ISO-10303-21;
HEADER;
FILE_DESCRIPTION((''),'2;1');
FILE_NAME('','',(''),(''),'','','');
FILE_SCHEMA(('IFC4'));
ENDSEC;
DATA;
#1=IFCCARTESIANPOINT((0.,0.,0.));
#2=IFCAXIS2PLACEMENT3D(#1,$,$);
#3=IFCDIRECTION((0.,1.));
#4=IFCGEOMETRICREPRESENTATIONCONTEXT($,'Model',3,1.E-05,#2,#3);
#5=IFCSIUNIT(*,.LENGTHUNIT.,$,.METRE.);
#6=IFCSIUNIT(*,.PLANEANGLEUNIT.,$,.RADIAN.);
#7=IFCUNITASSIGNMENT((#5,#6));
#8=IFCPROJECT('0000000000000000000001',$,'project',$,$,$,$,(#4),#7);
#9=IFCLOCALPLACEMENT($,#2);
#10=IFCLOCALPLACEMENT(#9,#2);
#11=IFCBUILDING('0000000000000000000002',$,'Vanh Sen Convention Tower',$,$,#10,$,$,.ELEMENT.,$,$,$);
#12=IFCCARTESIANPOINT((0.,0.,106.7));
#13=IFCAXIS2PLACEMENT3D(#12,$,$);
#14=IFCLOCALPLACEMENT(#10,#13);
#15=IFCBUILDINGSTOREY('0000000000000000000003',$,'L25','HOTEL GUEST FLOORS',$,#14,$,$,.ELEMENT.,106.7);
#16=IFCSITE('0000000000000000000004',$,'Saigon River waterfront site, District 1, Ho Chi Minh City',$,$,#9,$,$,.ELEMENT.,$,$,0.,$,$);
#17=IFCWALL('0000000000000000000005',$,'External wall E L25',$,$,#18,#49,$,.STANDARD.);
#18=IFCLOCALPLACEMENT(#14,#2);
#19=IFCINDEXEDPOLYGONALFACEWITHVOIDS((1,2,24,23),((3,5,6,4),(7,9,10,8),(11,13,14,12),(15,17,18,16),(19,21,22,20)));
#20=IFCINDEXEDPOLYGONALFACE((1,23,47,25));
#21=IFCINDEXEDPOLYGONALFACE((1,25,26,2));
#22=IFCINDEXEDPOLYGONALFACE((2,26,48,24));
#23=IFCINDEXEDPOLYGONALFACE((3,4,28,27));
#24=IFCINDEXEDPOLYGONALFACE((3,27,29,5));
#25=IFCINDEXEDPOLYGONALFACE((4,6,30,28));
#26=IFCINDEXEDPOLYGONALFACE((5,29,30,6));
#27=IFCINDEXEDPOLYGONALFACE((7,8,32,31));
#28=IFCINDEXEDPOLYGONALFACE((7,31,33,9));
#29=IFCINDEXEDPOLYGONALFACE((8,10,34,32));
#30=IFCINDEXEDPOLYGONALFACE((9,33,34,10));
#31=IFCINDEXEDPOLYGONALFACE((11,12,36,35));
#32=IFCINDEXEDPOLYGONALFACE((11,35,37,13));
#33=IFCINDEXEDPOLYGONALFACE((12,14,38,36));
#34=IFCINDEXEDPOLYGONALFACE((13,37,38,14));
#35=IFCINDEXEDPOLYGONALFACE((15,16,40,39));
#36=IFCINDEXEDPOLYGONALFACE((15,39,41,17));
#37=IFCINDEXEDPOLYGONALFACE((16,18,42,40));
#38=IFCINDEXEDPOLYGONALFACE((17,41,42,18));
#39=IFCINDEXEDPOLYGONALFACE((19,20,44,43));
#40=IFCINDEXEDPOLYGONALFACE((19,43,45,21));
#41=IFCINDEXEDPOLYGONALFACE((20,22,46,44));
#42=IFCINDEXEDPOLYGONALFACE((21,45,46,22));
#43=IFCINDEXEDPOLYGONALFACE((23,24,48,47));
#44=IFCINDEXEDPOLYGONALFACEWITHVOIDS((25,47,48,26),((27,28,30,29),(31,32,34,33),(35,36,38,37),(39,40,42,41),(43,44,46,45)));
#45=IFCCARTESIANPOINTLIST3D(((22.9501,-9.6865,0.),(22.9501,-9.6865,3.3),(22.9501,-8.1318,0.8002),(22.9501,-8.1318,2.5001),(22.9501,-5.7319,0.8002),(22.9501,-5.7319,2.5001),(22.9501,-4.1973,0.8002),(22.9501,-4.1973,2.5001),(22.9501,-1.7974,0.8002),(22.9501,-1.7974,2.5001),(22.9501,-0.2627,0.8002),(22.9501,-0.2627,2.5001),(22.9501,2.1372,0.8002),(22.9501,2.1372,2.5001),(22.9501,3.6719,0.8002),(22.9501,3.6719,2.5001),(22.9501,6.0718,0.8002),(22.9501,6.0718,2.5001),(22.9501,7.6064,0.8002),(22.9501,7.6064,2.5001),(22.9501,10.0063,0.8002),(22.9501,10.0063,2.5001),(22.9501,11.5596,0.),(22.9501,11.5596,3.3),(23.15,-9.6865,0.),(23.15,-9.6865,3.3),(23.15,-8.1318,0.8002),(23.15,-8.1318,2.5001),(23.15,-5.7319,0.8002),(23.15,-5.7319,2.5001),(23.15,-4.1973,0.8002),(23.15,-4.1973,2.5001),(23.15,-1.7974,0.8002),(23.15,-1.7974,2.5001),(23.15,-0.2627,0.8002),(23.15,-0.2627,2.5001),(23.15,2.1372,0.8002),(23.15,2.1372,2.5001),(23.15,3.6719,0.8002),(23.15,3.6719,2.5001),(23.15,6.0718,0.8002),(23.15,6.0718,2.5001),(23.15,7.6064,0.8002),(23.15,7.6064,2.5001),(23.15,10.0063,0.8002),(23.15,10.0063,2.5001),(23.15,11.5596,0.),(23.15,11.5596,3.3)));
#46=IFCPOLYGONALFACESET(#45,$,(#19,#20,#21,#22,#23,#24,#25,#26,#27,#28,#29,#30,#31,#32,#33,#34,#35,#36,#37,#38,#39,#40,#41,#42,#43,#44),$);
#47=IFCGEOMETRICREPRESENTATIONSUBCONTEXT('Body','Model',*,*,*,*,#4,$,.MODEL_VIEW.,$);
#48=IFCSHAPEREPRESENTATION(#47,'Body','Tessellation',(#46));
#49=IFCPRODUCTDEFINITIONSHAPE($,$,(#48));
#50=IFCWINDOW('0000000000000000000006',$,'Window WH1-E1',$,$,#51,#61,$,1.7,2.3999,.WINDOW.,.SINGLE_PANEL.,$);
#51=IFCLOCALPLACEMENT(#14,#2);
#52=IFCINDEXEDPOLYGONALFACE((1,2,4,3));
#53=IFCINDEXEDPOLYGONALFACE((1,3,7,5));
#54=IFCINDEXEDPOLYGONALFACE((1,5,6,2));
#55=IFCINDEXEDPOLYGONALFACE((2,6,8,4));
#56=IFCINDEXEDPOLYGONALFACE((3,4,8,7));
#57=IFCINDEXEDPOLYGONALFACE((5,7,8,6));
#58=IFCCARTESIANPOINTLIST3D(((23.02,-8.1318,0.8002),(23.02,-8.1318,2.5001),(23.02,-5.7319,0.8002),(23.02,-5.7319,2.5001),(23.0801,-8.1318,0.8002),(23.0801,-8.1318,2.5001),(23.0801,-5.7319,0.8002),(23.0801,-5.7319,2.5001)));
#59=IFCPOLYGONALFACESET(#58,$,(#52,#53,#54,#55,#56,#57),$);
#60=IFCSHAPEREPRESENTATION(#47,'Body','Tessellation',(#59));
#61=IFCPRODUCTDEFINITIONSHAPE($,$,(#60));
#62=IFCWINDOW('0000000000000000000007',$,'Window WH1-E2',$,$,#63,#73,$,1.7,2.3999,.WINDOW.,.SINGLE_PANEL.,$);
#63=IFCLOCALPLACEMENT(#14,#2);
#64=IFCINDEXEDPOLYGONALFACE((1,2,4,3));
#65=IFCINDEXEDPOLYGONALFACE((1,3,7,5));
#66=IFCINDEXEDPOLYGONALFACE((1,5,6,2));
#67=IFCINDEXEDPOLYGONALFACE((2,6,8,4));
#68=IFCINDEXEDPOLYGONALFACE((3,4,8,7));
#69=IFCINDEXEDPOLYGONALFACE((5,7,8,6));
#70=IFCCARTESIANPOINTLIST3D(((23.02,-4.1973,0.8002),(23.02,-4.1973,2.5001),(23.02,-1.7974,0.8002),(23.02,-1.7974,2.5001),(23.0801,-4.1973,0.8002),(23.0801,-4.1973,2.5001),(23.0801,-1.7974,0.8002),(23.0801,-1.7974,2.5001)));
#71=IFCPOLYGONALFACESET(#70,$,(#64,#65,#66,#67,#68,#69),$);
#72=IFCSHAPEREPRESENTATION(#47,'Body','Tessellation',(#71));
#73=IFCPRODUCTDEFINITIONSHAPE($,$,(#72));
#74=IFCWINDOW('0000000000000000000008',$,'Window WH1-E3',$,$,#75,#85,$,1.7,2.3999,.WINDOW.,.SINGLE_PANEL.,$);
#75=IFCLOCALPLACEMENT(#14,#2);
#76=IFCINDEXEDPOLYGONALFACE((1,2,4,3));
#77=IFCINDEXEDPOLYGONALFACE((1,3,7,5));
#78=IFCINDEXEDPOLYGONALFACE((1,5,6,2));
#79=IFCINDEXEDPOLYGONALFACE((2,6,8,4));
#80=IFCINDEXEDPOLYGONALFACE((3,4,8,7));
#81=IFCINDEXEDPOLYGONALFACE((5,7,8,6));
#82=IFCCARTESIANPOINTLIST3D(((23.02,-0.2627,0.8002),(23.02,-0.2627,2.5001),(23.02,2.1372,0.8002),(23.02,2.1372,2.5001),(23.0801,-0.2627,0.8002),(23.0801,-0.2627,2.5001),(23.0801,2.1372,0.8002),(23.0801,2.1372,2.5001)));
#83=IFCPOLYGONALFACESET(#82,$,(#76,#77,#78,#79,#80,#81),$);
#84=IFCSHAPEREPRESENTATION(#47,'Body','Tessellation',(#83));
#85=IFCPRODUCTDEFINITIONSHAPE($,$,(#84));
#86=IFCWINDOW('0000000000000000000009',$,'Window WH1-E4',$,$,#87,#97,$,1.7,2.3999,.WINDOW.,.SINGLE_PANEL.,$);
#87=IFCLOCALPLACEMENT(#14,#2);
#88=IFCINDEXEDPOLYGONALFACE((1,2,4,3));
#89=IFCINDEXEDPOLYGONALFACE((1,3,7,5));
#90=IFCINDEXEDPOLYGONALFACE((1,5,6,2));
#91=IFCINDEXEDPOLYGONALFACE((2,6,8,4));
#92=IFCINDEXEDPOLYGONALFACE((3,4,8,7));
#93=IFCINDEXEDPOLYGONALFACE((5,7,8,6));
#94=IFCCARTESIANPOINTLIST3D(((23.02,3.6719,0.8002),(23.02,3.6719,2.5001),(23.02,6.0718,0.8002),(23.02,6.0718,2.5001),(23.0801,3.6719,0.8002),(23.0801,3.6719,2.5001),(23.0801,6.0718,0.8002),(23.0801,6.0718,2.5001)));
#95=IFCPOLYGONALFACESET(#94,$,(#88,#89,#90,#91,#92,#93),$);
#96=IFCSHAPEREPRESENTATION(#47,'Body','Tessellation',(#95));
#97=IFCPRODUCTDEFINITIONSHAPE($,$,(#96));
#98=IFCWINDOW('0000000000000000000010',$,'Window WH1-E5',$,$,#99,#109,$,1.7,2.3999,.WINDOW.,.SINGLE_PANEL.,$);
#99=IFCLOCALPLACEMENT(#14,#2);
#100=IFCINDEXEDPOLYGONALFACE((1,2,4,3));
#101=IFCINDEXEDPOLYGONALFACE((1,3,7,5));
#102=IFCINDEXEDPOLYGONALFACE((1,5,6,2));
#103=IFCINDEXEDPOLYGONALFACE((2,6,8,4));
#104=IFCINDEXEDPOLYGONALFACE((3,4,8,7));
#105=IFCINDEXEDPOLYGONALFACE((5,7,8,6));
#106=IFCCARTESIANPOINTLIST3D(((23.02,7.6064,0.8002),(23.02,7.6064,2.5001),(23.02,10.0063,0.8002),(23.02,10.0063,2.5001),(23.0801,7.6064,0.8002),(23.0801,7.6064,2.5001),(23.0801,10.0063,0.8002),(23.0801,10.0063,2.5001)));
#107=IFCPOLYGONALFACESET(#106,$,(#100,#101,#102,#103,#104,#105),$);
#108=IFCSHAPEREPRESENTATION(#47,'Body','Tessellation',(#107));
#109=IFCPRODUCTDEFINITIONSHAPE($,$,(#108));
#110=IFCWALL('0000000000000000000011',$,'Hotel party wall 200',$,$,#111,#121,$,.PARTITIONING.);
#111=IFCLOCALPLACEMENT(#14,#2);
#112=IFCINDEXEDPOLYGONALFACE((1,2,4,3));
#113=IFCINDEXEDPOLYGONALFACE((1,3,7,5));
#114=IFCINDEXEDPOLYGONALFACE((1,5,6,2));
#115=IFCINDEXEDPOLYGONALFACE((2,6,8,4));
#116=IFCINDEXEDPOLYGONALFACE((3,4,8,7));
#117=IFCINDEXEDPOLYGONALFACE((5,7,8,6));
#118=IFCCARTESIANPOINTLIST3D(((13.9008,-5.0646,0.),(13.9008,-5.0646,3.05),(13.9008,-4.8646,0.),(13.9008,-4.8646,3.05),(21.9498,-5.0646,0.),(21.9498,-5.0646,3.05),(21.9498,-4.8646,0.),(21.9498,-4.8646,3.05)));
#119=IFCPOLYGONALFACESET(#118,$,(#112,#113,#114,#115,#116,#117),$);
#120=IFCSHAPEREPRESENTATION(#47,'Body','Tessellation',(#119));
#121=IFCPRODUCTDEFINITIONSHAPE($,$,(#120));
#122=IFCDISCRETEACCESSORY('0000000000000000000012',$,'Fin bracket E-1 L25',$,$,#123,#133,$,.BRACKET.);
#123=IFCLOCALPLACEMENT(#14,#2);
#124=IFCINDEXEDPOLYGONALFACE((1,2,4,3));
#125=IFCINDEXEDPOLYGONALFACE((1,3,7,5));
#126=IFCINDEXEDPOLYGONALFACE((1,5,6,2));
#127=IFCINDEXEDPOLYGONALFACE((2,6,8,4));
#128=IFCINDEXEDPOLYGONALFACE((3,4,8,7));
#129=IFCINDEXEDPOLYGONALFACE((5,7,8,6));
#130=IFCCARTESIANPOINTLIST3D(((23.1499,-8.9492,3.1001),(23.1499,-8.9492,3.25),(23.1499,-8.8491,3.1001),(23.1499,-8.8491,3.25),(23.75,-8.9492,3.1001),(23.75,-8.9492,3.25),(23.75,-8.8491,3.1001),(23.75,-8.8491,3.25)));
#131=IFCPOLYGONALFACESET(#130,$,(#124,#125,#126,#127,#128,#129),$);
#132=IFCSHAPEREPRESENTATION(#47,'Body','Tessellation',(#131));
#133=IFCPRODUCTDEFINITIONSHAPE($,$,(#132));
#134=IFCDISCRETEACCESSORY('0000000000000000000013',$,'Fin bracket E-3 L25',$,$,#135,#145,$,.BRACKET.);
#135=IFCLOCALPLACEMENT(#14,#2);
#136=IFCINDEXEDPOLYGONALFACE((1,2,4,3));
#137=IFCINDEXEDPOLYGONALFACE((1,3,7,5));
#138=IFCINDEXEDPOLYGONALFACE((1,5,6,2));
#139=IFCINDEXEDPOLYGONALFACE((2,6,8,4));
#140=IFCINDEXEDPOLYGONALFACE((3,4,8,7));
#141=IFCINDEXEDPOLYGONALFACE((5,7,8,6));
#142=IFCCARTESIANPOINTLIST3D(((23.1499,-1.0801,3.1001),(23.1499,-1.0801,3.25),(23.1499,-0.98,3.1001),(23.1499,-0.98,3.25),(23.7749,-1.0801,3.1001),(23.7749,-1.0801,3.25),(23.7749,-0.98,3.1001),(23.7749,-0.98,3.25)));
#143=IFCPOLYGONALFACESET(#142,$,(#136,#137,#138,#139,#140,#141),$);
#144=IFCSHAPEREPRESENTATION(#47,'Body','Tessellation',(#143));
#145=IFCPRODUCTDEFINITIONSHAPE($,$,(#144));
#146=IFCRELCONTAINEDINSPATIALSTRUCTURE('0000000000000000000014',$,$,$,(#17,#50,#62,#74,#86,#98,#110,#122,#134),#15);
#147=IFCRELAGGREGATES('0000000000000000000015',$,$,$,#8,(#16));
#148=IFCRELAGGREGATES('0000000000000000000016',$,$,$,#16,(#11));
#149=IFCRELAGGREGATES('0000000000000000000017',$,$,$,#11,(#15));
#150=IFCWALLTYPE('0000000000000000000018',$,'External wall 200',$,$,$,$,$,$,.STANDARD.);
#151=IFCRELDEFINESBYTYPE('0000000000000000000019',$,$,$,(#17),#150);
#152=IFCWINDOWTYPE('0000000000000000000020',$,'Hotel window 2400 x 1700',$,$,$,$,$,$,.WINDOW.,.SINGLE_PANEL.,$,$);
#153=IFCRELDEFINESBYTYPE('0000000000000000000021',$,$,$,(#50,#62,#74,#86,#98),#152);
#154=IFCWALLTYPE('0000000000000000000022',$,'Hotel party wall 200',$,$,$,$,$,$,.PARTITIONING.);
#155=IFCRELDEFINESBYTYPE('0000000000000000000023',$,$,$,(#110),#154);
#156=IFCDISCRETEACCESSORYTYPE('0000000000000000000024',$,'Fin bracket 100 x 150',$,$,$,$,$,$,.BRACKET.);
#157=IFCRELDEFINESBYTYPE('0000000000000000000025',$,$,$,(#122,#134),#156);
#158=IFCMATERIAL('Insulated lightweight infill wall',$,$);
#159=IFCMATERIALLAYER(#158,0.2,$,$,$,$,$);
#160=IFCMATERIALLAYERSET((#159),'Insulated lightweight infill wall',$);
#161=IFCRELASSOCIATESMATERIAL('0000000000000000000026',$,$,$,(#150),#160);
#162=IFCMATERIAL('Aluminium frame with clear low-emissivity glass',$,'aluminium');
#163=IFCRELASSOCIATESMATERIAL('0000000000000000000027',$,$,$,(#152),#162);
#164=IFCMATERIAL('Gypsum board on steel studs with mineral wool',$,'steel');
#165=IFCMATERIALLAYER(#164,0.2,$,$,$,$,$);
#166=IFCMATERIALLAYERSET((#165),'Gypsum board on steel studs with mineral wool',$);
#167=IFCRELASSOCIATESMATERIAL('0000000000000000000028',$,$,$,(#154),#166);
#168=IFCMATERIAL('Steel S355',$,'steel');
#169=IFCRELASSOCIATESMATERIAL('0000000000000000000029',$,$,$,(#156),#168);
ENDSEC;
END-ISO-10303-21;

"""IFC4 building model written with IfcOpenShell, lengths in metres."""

from ifc_helpers import new_model, si_unit, direction, frame, frame_2d, origin, origin_2d, place, context, subcontext, project, spatial, rectangle, extrude, material, layer, layer_set, type_object, element, fill, save


model = new_model("IFC4")

# Units and contexts
model_context = context("Model", 3, precision=1e-05, world=origin(), true_north=direction((0.0, 1.0)))
body_context = subcontext(model_context, "Body", "Model", "MODEL_VIEW")
ifc_project = project(units=[si_unit("LENGTHUNIT", "METRE"), si_unit("PLANEANGLEUNIT", "RADIAN")], contexts=[model_context])

# Site, building, storey
site_placement = place(None, origin())
site = spatial("IfcSite", under=ifc_project, at=site_placement, Name="Saigon River waterfront site, District 1, Ho Chi Minh City", CompositionType="ELEMENT", RefElevation=0.0)
building_placement = place(site_placement, origin())
building = spatial("IfcBuilding", under=site, at=building_placement, Name="Vanh Sen Convention Tower", CompositionType="ELEMENT")
storey_placement = place(building_placement, frame((0.0, 0.0, 106.7)))
storey = spatial("IfcBuildingStorey", under=building, at=storey_placement, Name="L25", Description="HOTEL GUEST FLOORS", CompositionType="ELEMENT", Elevation=106.7)

# Shared definitions
ifc_material_1 = material(Name="Gypsum board on steel studs with mineral wool", Category="steel")

# Wall, openings, windows
ifc_material_2 = material(Name="Insulated lightweight infill wall")
ifc_layer_1 = layer(ifc_material_2, 0.2)
ifc_layer_set_1 = layer_set([ifc_layer_1], Name="Insulated lightweight infill wall")
wall_type_1 = type_object("IfcWallType", Name="External wall 200", PredefinedType="STANDARD", material=ifc_layer_set_1)
wall_1_placement = place(storey_placement, frame((23.05, -9.6865, 0.0), z_axis=(0.0, 0.0, 1.0), x_axis=(0.0, 1.0, 0.0)))
wall_1 = element("IfcWall", 1, at=wall_1_placement, inside=storey, type_object=wall_type_1, Name="External wall E L25", PredefinedType="STANDARD", context=body_context, shape_type="SweptSolid", body=[
    extrude(rectangle(XDim=21.2461, YDim=0.2, at=frame_2d((10.623, 0.0))), origin(), (0.0, 0.0, 1.0), 3.3),
])
opening_1_placement = place(wall_1_placement, frame((1.5547, 0.0, 0.8)))
opening_1 = element("IfcOpeningElement", 2, at=opening_1_placement, cuts=wall_1, PredefinedType="OPENING", context=body_context, shape_type="SweptSolid", body=[
    extrude(rectangle(XDim=2.3999, YDim=1.7, at=frame_2d((1.2, 0.8501))), frame((0.0, 0.1099, 0.0), z_axis=(0.0, -1.0, 0.0), x_axis=(1.0, 0.0, 0.0)), (0.0, 0.0, 1.0), 0.22),
])
opening_2_placement = place(wall_1_placement, frame((5.4893, 0.0, 0.8)))
opening_2 = element("IfcOpeningElement", 3, at=opening_2_placement, cuts=wall_1, PredefinedType="OPENING", context=body_context, shape_type="SweptSolid", body=[
    extrude(rectangle(XDim=2.3999, YDim=1.7, at=frame_2d((1.2, 0.8501))), frame((0.0, 0.1099, 0.0), z_axis=(0.0, -1.0, 0.0), x_axis=(1.0, 0.0, 0.0)), (0.0, 0.0, 1.0), 0.22),
])
opening_3_placement = place(wall_1_placement, frame((9.4238, 0.0, 0.8)))
opening_3 = element("IfcOpeningElement", 4, at=opening_3_placement, cuts=wall_1, PredefinedType="OPENING", context=body_context, shape_type="SweptSolid", body=[
    extrude(rectangle(XDim=2.3999, YDim=1.7, at=frame_2d((1.2, 0.8501))), frame((0.0, 0.1099, 0.0), z_axis=(0.0, -1.0, 0.0), x_axis=(1.0, 0.0, 0.0)), (0.0, 0.0, 1.0), 0.22),
])
opening_4_placement = place(wall_1_placement, frame((13.3584, 0.0, 0.8)))
opening_4 = element("IfcOpeningElement", 5, at=opening_4_placement, cuts=wall_1, PredefinedType="OPENING", context=body_context, shape_type="SweptSolid", body=[
    extrude(rectangle(XDim=2.3999, YDim=1.7, at=frame_2d((1.2, 0.8501))), frame((0.0, 0.1099, 0.0), z_axis=(0.0, -1.0, 0.0), x_axis=(1.0, 0.0, 0.0)), (0.0, 0.0, 1.0), 0.22),
])
opening_5_placement = place(wall_1_placement, frame((17.293, 0.0, 0.8)))
opening_5 = element("IfcOpeningElement", 6, at=opening_5_placement, cuts=wall_1, PredefinedType="OPENING", context=body_context, shape_type="SweptSolid", body=[
    extrude(rectangle(XDim=2.3999, YDim=1.7, at=frame_2d((1.2, 0.8501))), frame((0.0, 0.1099, 0.0), z_axis=(0.0, -1.0, 0.0), x_axis=(1.0, 0.0, 0.0)), (0.0, 0.0, 1.0), 0.22),
])
ifc_material_3 = material(Name="Aluminium frame with clear low-emissivity glass", Category="aluminium")
window_type = type_object("IfcWindowType", Name="Hotel window 2400 x 1700", PartitioningType="SINGLE_PANEL", PredefinedType="WINDOW", material=ifc_material_3)
window_1_placement = place(opening_1_placement, origin())
window_1 = element("IfcWindow", 7, at=window_1_placement, inside=storey, type_object=window_type, Name="Window WH1-E1", OverallHeight=1.7, OverallWidth=2.3999, PartitioningType="SINGLE_PANEL", PredefinedType="WINDOW", context=body_context, shape_type="SweptSolid", body=[
    extrude(rectangle(XDim=2.3999, YDim=1.7, at=frame_2d((1.2, 0.8501))), frame((0.0, 0.03, 0.0), z_axis=(0.0, -1.0, 0.0), x_axis=(1.0, 0.0, 0.0)), (0.0, 0.0, 1.0), 0.0601),
])
fill(opening_1, window_1)
window_2_placement = place(opening_2_placement, origin())
window_2 = element("IfcWindow", 8, at=window_2_placement, inside=storey, type_object=window_type, Name="Window WH1-E2", OverallHeight=1.7, OverallWidth=2.3999, PartitioningType="SINGLE_PANEL", PredefinedType="WINDOW", context=body_context, shape_type="SweptSolid", body=[
    extrude(rectangle(XDim=2.3999, YDim=1.7, at=frame_2d((1.2, 0.8501))), frame((0.0, 0.03, 0.0), z_axis=(0.0, -1.0, 0.0), x_axis=(1.0, 0.0, 0.0)), (0.0, 0.0, 1.0), 0.0601),
])
fill(opening_2, window_2)
window_3_placement = place(opening_3_placement, origin())
window_3 = element("IfcWindow", 9, at=window_3_placement, inside=storey, type_object=window_type, Name="Window WH1-E3", OverallHeight=1.7, OverallWidth=2.3999, PartitioningType="SINGLE_PANEL", PredefinedType="WINDOW", context=body_context, shape_type="SweptSolid", body=[
    extrude(rectangle(XDim=2.3999, YDim=1.7, at=frame_2d((1.2, 0.8501))), frame((0.0, 0.03, 0.0), z_axis=(0.0, -1.0, 0.0), x_axis=(1.0, 0.0, 0.0)), (0.0, 0.0, 1.0), 0.0601),
])
fill(opening_3, window_3)
window_4_placement = place(opening_4_placement, origin())
window_4 = element("IfcWindow", 10, at=window_4_placement, inside=storey, type_object=window_type, Name="Window WH1-E4", OverallHeight=1.7, OverallWidth=2.3999, PartitioningType="SINGLE_PANEL", PredefinedType="WINDOW", context=body_context, shape_type="SweptSolid", body=[
    extrude(rectangle(XDim=2.3999, YDim=1.7, at=frame_2d((1.2, 0.8501))), frame((0.0, 0.03, 0.0), z_axis=(0.0, -1.0, 0.0), x_axis=(1.0, 0.0, 0.0)), (0.0, 0.0, 1.0), 0.0601),
])
fill(opening_4, window_4)
window_5_placement = place(opening_5_placement, origin())
window_5 = element("IfcWindow", 11, at=window_5_placement, inside=storey, type_object=window_type, Name="Window WH1-E5", OverallHeight=1.7, OverallWidth=2.3999, PartitioningType="SINGLE_PANEL", PredefinedType="WINDOW", context=body_context, shape_type="SweptSolid", body=[
    extrude(rectangle(XDim=2.3999, YDim=1.7, at=frame_2d((1.2, 0.8501))), frame((0.0, 0.03, 0.0), z_axis=(0.0, -1.0, 0.0), x_axis=(1.0, 0.0, 0.0)), (0.0, 0.0, 1.0), 0.0601),
])
fill(opening_5, window_5)

# Wall
ifc_layer_2 = layer(ifc_material_1, 0.2)
ifc_layer_set_2 = layer_set([ifc_layer_2], Name="Gypsum board on steel studs with mineral wool")
wall_type_2 = type_object("IfcWallType", Name="Hotel party wall 200", PredefinedType="PARTITIONING", material=ifc_layer_set_2)
wall_2_placement = place(storey_placement, frame((13.9009, -4.9646, 0.0), z_axis=(0.0, 0.0, 1.0), x_axis=(1.0, 0.0, 0.0)))
element("IfcWall", 12, at=wall_2_placement, inside=storey, type_object=wall_type_2, Name="Hotel party wall 200", PredefinedType="PARTITIONING", context=body_context, shape_type="SweptSolid", body=[
    extrude(rectangle(XDim=8.0491, YDim=0.2, at=frame_2d((4.0244, 0.0))), origin(), (0.0, 0.0, 1.0), 3.05),
])

# Discrete accessories
ifc_material_4 = material(Name="Steel S355", Category="steel")
discrete_accessory_type = type_object("IfcDiscreteAccessoryType", Name="Fin bracket 100 x 150", PredefinedType="BRACKET", material=ifc_material_4)
discrete_accessory_1_placement = place(storey_placement, frame((23.45, -8.8992, 3.1001), z_axis=(0.0, 0.0, 1.0), x_axis=(1.0, 0.0, 0.0)))
element("IfcDiscreteAccessory", 13, at=discrete_accessory_1_placement, inside=storey, type_object=discrete_accessory_type, Name="Fin bracket E-1 L25", PredefinedType="BRACKET", context=body_context, shape_type="SweptSolid", body=[
    extrude(rectangle(XDim=0.6001, YDim=0.1001, at=origin_2d()), origin(), (0.0, 0.0, 1.0), 0.1499),
])
discrete_accessory_2_placement = place(storey_placement, frame((23.4624, -1.03, 3.1001), z_axis=(0.0, 0.0, 1.0), x_axis=(1.0, 0.0, 0.0)))
element("IfcDiscreteAccessory", 14, at=discrete_accessory_2_placement, inside=storey, type_object=discrete_accessory_type, Name="Fin bracket E-3 L25", PredefinedType="BRACKET", context=body_context, shape_type="SweptSolid", body=[
    extrude(rectangle(XDim=0.625, YDim=0.1001, at=origin_2d()), origin(), (0.0, 0.0, 1.0), 0.1499),
])

save(model, "model.ifc")
